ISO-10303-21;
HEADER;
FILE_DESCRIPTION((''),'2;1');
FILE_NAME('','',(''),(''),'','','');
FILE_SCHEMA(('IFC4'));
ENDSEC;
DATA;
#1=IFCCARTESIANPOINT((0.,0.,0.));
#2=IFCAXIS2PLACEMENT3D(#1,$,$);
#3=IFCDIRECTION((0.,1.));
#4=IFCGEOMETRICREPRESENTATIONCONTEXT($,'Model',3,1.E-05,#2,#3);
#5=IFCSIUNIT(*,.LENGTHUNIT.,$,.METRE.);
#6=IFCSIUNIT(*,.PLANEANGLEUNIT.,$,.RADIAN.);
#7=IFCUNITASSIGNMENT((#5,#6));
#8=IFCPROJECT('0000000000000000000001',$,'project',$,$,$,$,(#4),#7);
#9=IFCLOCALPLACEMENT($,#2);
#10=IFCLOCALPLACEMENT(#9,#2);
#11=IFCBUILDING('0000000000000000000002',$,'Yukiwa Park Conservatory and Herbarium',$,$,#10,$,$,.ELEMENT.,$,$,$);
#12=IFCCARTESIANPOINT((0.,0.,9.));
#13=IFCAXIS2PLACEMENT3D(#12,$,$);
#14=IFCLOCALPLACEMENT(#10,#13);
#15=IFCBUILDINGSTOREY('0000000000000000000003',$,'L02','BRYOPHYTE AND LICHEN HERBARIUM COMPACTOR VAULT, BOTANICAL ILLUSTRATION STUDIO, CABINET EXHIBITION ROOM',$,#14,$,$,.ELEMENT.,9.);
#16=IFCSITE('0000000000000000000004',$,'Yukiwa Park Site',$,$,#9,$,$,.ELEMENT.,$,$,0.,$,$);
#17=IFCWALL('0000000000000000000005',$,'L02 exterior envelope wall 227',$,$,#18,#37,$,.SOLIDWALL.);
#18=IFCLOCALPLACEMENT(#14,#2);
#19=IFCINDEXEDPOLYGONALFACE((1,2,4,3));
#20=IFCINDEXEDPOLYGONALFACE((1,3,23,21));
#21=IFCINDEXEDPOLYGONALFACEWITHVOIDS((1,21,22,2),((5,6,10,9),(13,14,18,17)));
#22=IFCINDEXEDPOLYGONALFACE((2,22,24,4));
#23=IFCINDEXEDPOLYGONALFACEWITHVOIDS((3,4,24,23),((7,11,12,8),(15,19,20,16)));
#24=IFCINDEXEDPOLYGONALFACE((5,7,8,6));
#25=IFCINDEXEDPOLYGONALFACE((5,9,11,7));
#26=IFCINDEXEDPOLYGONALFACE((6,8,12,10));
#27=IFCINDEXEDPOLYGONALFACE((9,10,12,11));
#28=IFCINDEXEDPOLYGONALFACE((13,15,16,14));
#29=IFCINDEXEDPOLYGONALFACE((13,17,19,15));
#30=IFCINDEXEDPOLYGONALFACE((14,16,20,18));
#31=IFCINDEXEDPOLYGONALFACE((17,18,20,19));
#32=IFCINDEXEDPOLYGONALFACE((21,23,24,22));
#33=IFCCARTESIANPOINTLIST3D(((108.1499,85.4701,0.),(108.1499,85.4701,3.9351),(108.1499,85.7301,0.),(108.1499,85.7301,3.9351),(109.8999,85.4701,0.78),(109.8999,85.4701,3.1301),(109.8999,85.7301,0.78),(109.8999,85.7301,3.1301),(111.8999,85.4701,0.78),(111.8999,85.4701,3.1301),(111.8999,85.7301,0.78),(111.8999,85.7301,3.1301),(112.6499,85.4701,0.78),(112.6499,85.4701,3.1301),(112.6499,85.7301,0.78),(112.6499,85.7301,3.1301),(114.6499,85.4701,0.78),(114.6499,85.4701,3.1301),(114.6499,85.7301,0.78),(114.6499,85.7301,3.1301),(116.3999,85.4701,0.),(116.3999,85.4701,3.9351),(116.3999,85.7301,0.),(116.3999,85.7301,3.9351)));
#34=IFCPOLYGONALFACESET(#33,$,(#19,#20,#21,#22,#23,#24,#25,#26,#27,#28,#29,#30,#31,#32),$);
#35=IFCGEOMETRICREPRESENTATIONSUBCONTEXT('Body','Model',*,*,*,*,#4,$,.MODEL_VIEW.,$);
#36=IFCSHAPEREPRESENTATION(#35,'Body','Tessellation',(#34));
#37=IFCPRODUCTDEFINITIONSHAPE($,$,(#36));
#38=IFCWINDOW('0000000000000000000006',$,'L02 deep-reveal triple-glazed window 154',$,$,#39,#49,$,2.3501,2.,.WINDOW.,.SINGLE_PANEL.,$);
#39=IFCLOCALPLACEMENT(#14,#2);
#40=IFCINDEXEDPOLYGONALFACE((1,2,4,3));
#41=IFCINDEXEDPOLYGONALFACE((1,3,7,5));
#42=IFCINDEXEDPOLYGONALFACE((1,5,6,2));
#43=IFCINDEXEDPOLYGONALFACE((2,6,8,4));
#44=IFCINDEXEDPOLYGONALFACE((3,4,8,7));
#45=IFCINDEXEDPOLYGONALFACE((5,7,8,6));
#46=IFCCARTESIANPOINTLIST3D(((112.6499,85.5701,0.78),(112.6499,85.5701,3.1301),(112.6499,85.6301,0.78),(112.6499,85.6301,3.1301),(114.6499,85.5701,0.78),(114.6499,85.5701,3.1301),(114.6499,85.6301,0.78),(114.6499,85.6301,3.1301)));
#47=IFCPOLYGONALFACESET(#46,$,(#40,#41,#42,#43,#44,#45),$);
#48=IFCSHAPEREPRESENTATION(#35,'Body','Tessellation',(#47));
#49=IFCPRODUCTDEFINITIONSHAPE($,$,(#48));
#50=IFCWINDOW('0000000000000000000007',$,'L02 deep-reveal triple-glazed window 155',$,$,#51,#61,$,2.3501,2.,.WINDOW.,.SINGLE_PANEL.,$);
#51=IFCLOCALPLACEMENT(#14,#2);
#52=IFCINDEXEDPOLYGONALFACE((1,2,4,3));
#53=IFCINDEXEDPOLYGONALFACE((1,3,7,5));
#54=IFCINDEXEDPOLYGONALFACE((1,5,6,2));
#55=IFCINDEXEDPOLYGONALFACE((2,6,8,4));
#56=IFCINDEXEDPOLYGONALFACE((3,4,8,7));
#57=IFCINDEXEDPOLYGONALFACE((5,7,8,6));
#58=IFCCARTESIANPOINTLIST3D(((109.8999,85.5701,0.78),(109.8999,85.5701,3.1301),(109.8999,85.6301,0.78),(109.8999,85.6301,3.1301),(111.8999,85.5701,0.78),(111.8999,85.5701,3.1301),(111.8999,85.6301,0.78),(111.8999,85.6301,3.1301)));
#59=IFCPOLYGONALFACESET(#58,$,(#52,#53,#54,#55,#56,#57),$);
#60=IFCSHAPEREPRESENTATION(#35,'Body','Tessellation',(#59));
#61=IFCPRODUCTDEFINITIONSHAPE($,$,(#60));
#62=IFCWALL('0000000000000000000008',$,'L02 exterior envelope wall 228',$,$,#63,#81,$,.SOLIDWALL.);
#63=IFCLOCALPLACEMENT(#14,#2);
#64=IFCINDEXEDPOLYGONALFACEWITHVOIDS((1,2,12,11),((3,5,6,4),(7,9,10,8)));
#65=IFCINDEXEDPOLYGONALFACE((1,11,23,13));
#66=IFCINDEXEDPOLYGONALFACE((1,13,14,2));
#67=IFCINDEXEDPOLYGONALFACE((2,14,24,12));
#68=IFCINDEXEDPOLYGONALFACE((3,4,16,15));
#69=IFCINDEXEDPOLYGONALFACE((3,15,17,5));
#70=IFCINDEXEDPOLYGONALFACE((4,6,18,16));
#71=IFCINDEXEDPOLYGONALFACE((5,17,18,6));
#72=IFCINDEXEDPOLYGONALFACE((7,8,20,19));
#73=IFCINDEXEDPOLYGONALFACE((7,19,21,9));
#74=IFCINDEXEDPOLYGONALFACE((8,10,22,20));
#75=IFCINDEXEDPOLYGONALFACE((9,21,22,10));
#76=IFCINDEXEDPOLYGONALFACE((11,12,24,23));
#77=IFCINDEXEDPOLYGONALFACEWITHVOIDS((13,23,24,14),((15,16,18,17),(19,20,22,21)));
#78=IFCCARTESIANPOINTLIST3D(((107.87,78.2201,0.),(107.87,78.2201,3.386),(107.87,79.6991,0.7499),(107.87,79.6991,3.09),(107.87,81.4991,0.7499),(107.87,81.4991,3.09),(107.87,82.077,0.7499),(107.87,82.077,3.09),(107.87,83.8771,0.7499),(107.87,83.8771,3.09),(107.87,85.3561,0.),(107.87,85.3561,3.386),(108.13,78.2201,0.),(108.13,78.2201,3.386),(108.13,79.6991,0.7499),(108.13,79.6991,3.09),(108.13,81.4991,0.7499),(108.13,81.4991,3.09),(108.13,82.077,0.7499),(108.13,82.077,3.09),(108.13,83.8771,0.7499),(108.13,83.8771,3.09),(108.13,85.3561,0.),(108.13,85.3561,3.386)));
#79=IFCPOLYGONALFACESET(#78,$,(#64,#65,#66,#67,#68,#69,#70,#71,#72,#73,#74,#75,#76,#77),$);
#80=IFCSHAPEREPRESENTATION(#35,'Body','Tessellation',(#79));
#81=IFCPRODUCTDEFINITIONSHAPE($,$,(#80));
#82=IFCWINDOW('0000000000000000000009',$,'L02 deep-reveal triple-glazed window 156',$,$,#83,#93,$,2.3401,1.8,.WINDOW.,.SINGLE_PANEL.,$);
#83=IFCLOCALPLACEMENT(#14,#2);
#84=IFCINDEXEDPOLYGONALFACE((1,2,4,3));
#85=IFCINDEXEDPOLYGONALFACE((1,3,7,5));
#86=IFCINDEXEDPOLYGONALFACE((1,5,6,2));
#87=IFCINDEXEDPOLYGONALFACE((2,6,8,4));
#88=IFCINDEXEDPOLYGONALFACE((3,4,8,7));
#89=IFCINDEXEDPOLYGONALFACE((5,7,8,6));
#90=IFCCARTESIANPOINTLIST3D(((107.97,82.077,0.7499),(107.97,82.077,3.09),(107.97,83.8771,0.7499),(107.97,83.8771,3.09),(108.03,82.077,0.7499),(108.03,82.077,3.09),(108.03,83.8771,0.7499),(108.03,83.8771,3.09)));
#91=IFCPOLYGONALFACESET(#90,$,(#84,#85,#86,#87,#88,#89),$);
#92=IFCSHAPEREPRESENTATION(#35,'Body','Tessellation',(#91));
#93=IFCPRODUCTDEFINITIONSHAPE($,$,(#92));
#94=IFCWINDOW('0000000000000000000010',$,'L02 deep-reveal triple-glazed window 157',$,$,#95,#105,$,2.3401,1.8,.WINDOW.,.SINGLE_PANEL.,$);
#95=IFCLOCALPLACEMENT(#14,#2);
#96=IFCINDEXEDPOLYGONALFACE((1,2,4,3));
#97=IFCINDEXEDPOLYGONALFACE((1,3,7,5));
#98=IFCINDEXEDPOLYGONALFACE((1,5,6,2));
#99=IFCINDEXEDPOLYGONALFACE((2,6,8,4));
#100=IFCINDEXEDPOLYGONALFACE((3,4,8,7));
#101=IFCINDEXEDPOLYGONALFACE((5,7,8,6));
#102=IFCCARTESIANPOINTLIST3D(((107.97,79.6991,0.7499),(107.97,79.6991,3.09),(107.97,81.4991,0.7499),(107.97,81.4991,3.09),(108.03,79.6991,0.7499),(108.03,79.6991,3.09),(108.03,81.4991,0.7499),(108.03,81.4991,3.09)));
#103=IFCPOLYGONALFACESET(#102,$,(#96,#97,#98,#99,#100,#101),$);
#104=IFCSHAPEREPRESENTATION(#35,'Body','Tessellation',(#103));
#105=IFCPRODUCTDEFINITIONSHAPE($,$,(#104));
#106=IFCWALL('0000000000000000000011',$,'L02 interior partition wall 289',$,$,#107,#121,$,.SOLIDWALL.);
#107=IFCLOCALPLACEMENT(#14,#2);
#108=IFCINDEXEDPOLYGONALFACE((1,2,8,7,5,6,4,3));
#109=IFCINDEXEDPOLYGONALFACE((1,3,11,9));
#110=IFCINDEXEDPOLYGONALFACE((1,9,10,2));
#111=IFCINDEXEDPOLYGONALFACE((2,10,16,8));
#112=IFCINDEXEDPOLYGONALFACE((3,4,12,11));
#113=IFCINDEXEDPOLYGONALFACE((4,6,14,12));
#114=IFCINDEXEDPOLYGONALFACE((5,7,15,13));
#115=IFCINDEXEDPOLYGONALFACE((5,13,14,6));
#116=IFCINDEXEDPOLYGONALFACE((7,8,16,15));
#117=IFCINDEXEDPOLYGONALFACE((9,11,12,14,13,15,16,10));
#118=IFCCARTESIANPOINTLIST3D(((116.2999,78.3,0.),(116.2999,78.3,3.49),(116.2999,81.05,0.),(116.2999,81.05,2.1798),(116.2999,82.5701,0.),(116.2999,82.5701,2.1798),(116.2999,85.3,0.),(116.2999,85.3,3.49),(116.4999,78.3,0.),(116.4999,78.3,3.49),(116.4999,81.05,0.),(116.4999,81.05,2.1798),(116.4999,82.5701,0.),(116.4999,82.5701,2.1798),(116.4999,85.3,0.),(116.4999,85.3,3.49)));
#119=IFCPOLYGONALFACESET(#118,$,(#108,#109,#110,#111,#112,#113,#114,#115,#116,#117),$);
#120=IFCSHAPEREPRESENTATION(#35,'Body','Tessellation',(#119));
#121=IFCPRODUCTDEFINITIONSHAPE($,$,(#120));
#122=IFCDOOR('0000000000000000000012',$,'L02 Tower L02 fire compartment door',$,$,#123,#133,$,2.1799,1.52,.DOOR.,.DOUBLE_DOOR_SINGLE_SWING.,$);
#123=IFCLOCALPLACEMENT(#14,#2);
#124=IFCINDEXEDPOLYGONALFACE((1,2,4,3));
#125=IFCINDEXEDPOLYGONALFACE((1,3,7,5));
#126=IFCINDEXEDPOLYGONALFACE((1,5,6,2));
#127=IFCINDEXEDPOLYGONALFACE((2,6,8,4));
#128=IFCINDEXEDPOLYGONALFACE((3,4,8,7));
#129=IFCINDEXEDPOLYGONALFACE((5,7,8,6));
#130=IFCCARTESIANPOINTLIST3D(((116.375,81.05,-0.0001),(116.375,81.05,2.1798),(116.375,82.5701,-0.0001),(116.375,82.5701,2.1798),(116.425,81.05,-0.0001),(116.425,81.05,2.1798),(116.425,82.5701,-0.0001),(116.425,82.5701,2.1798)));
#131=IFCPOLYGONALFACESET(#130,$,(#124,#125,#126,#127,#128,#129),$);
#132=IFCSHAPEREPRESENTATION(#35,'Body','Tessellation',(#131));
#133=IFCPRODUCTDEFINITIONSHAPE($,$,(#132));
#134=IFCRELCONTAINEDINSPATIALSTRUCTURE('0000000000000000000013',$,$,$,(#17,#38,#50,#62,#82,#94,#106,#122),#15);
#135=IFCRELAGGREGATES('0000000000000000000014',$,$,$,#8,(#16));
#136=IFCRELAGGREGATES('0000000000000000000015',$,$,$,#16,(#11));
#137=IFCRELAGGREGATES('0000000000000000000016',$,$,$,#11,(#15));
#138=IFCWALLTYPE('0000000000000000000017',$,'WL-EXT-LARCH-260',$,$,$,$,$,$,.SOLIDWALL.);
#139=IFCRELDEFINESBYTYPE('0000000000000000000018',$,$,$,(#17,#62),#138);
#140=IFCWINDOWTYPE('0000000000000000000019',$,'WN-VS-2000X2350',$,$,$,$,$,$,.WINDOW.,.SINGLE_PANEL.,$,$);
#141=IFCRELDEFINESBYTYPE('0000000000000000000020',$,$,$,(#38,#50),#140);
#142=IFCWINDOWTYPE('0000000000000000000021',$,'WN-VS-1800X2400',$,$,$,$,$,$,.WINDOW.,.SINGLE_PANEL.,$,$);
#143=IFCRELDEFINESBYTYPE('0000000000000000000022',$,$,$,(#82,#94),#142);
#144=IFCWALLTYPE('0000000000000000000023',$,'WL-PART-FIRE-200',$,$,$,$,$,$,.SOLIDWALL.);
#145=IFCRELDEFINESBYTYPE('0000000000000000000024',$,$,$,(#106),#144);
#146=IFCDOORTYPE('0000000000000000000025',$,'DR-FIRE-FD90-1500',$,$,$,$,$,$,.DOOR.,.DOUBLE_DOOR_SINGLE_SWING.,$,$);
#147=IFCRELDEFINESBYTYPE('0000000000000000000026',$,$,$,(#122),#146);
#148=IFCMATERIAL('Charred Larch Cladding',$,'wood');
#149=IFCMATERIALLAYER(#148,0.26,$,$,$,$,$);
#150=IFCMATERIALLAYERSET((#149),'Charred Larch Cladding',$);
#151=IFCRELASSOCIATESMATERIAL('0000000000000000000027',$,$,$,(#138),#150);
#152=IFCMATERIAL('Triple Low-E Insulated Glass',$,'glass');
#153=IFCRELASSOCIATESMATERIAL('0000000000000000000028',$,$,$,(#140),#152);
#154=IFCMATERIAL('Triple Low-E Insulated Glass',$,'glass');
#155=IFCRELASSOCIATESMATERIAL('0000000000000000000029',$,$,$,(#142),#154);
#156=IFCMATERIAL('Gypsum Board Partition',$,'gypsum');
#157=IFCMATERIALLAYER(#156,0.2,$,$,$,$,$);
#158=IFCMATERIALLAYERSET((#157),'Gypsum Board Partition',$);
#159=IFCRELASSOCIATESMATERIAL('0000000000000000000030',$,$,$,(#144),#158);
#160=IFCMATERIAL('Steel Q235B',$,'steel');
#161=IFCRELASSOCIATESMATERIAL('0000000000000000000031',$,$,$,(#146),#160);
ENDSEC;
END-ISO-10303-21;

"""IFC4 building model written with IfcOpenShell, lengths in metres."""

from ifc_helpers import new_model, si_unit, direction, frame, frame_2d, origin, place, context, subcontext, project, spatial, rectangle, extrude, material, layer, layer_set, type_object, element, fill, save


model = new_model("IFC4")

# Units and contexts
model_context = context("Model", 3, precision=1e-05, world=origin(), true_north=direction((0.0, 1.0)))
body_context = subcontext(model_context, "Body", "Model", "MODEL_VIEW")
ifc_project = project(units=[si_unit("LENGTHUNIT", "METRE"), si_unit("PLANEANGLEUNIT", "RADIAN")], contexts=[model_context])

# Site, building, storey
site_placement = place(None, origin())
site = spatial("IfcSite", under=ifc_project, at=site_placement, Name="Yukiwa Park Site", CompositionType="ELEMENT", RefElevation=0.0)
building_placement = place(site_placement, origin())
building = spatial("IfcBuilding", under=site, at=building_placement, Name="Yukiwa Park Conservatory and Herbarium", CompositionType="ELEMENT")
storey_placement = place(building_placement, frame((0.0, 0.0, 9.0)))
storey = spatial("IfcBuildingStorey", under=building, at=storey_placement, Name="L02", Description="BRYOPHYTE AND LICHEN HERBARIUM COMPACTOR VAULT, BOTANICAL ILLUSTRATION STUDIO, CABINET EXHIBITION ROOM", CompositionType="ELEMENT", Elevation=9.0)

# Walls, openings, windows
ifc_material_1 = material(Name="Charred Larch Cladding", Category="wood")
ifc_layer_1 = layer(ifc_material_1, 0.26)
ifc_layer_set_1 = layer_set([ifc_layer_1], Name="Charred Larch Cladding")
wall_type_1 = type_object("IfcWallType", Name="WL-EXT-LARCH-260", PredefinedType="SOLIDWALL", material=ifc_layer_set_1)
wall_1_placement = place(storey_placement, frame((116.3999, 85.6001, 0.0), z_axis=(0.0, 0.0, 1.0), x_axis=(-1.0, 0.0, 0.0)))
wall_1 = element("IfcWall", 1, at=wall_1_placement, inside=storey, type_object=wall_type_1, Name="L02 exterior envelope wall 227", PredefinedType="SOLIDWALL", context=body_context, shape_type="SweptSolid", body=[
    extrude(rectangle(XDim=8.25, YDim=0.26, at=frame_2d((4.125, 0.0))), origin(), (0.0, 0.0, 1.0), 3.9351),
])
opening_1_placement = place(wall_1_placement, frame((1.75, 0.0, 0.78)))
opening_1 = element("IfcOpeningElement", 2, at=opening_1_placement, cuts=wall_1, PredefinedType="OPENING", context=body_context, shape_type="SweptSolid", body=[
    extrude(rectangle(XDim=2.0, YDim=2.3501, at=frame_2d((1.0, 1.175))), frame((0.0, 0.1401, 0.0), z_axis=(0.0, -1.0, 0.0), x_axis=(1.0, 0.0, 0.0)), (0.0, 0.0, 1.0), 0.28),
])
opening_2_placement = place(wall_1_placement, frame((4.5, 0.0, 0.78)))
opening_2 = element("IfcOpeningElement", 3, at=opening_2_placement, cuts=wall_1, PredefinedType="OPENING", context=body_context, shape_type="SweptSolid", body=[
    extrude(rectangle(XDim=2.0, YDim=2.3501, at=frame_2d((1.0, 1.175))), frame((0.0, 0.1401, 0.0), z_axis=(0.0, -1.0, 0.0), x_axis=(1.0, 0.0, 0.0)), (0.0, 0.0, 1.0), 0.28),
])
ifc_material_2 = material(Name="Triple Low-E Insulated Glass", Category="glass")
window_type_1 = type_object("IfcWindowType", Name="WN-VS-2000X2350", PartitioningType="SINGLE_PANEL", PredefinedType="WINDOW", material=ifc_material_2)
window_1_placement = place(opening_1_placement, origin())
window_1 = element("IfcWindow", 4, at=window_1_placement, inside=storey, type_object=window_type_1, Name="L02 deep-reveal triple-glazed window 154", OverallHeight=2.3501, OverallWidth=2.0, PartitioningType="SINGLE_PANEL", PredefinedType="WINDOW", context=body_context, shape_type="SweptSolid", body=[
    extrude(rectangle(XDim=2.0, YDim=2.3501, at=frame_2d((1.0, 1.175))), frame((0.0, 0.03, 0.0), z_axis=(0.0, -1.0, 0.0), x_axis=(1.0, 0.0, 0.0)), (0.0, 0.0, 1.0), 0.0601),
])
fill(opening_1, window_1)
window_2_placement = place(opening_2_placement, origin())
window_2 = element("IfcWindow", 5, at=window_2_placement, inside=storey, type_object=window_type_1, Name="L02 deep-reveal triple-glazed window 155", OverallHeight=2.3501, OverallWidth=2.0, PartitioningType="SINGLE_PANEL", PredefinedType="WINDOW", context=body_context, shape_type="SweptSolid", body=[
    extrude(rectangle(XDim=2.0, YDim=2.3501, at=frame_2d((1.0, 1.175))), frame((0.0, 0.03, 0.0), z_axis=(0.0, -1.0, 0.0), x_axis=(1.0, 0.0, 0.0)), (0.0, 0.0, 1.0), 0.0601),
])
fill(opening_2, window_2)
wall_2_placement = place(storey_placement, frame((108.0, 85.356, 0.0), z_axis=(0.0, 0.0, 1.0), x_axis=(0.0, -1.0, 0.0)))
wall_2 = element("IfcWall", 6, at=wall_2_placement, inside=storey, type_object=wall_type_1, Name="L02 exterior envelope wall 228", PredefinedType="SOLIDWALL", context=body_context, shape_type="SweptSolid", body=[
    extrude(rectangle(XDim=7.136, YDim=0.26, at=frame_2d((3.5679, 0.0))), origin(), (0.0, 0.0, 1.0), 3.386),
])
opening_3_placement = place(wall_2_placement, frame((1.479, 0.0, 0.75)))
opening_3 = element("IfcOpeningElement", 7, at=opening_3_placement, cuts=wall_2, PredefinedType="OPENING", context=body_context, shape_type="SweptSolid", body=[
    extrude(rectangle(XDim=1.8, YDim=2.3401, at=frame_2d((0.8999, 1.1699))), frame((0.0, 0.1401, 0.0), z_axis=(0.0, -1.0, 0.0), x_axis=(1.0, 0.0, 0.0)), (0.0, 0.0, 1.0), 0.28),
])
opening_4_placement = place(wall_2_placement, frame((3.8569, 0.0, 0.75)))
opening_4 = element("IfcOpeningElement", 8, at=opening_4_placement, cuts=wall_2, PredefinedType="OPENING", context=body_context, shape_type="SweptSolid", body=[
    extrude(rectangle(XDim=1.8, YDim=2.3401, at=frame_2d((0.8999, 1.1699))), frame((0.0, 0.1401, 0.0), z_axis=(0.0, -1.0, 0.0), x_axis=(1.0, 0.0, 0.0)), (0.0, 0.0, 1.0), 0.28),
])
ifc_material_3 = material(Name="Triple Low-E Insulated Glass", Category="glass")
window_type_2 = type_object("IfcWindowType", Name="WN-VS-1800X2400", PartitioningType="SINGLE_PANEL", PredefinedType="WINDOW", material=ifc_material_3)
window_3_placement = place(opening_3_placement, origin())
window_3 = element("IfcWindow", 9, at=window_3_placement, inside=storey, type_object=window_type_2, Name="L02 deep-reveal triple-glazed window 156", OverallHeight=2.3401, OverallWidth=1.8, PartitioningType="SINGLE_PANEL", PredefinedType="WINDOW", context=body_context, shape_type="SweptSolid", body=[
    extrude(rectangle(XDim=1.8, YDim=2.3401, at=frame_2d((0.8999, 1.1699))), frame((0.0, 0.03, 0.0), z_axis=(0.0, -1.0, 0.0), x_axis=(1.0, 0.0, 0.0)), (0.0, 0.0, 1.0), 0.0601),
])
fill(opening_3, window_3)
window_4_placement = place(opening_4_placement, origin())
window_4 = element("IfcWindow", 10, at=window_4_placement, inside=storey, type_object=window_type_2, Name="L02 deep-reveal triple-glazed window 157", OverallHeight=2.3401, OverallWidth=1.8, PartitioningType="SINGLE_PANEL", PredefinedType="WINDOW", context=body_context, shape_type="SweptSolid", body=[
    extrude(rectangle(XDim=1.8, YDim=2.3401, at=frame_2d((0.8999, 1.1699))), frame((0.0, 0.03, 0.0), z_axis=(0.0, -1.0, 0.0), x_axis=(1.0, 0.0, 0.0)), (0.0, 0.0, 1.0), 0.0601),
])
fill(opening_4, window_4)

# Wall, opening, door
ifc_material_4 = material(Name="Gypsum Board Partition", Category="gypsum")
ifc_layer_2 = layer(ifc_material_4, 0.2)
ifc_layer_set_2 = layer_set([ifc_layer_2], Name="Gypsum Board Partition")
wall_type_2 = type_object("IfcWallType", Name="WL-PART-FIRE-200", PredefinedType="SOLIDWALL", material=ifc_layer_set_2)
wall_3_placement = place(storey_placement, frame((116.3999, 78.3, 0.0), z_axis=(0.0, 0.0, 1.0), x_axis=(0.0, 1.0, 0.0)))
wall_3 = element("IfcWall", 11, at=wall_3_placement, inside=storey, type_object=wall_type_2, Name="L02 interior partition wall 289", PredefinedType="SOLIDWALL", context=body_context, shape_type="SweptSolid", body=[
    extrude(rectangle(XDim=7.0, YDim=0.2, at=frame_2d((3.5, 0.0))), origin(), (0.0, 0.0, 1.0), 3.49),
])
opening_5_placement = place(wall_3_placement, frame((2.75, 0.0, 0.0)))
opening_5 = element("IfcOpeningElement", 12, at=opening_5_placement, cuts=wall_3, PredefinedType="OPENING", context=body_context, shape_type="SweptSolid", body=[
    extrude(rectangle(XDim=1.52, YDim=2.1799, at=frame_2d((0.76, 1.0898))), frame((0.0, 0.1099, 0.0), z_axis=(0.0, -1.0, 0.0), x_axis=(1.0, 0.0, 0.0)), (0.0, 0.0, 1.0), 0.22),
])
ifc_material_5 = material(Name="Steel Q235B", Category="steel")
door_type = type_object("IfcDoorType", Name="DR-FIRE-FD90-1500", OperationType="DOUBLE_DOOR_SINGLE_SWING", PredefinedType="DOOR", material=ifc_material_5)
door_placement = place(opening_5_placement, origin())
door = element("IfcDoor", 13, at=door_placement, inside=storey, type_object=door_type, Name="L02 Tower L02 fire compartment door", OperationType="DOUBLE_DOOR_SINGLE_SWING", OverallHeight=2.1799, OverallWidth=1.52, PredefinedType="DOOR", context=body_context, shape_type="SweptSolid", body=[
    extrude(rectangle(XDim=1.52, YDim=2.1799, at=frame_2d((0.76, 1.0898))), frame((0.0, 0.0249, 0.0), z_axis=(0.0, -1.0, 0.0), x_axis=(1.0, 0.0, 0.0)), (0.0, 0.0, 1.0), 0.05),
])
fill(opening_5, door)

save(model, "model.ifc")
